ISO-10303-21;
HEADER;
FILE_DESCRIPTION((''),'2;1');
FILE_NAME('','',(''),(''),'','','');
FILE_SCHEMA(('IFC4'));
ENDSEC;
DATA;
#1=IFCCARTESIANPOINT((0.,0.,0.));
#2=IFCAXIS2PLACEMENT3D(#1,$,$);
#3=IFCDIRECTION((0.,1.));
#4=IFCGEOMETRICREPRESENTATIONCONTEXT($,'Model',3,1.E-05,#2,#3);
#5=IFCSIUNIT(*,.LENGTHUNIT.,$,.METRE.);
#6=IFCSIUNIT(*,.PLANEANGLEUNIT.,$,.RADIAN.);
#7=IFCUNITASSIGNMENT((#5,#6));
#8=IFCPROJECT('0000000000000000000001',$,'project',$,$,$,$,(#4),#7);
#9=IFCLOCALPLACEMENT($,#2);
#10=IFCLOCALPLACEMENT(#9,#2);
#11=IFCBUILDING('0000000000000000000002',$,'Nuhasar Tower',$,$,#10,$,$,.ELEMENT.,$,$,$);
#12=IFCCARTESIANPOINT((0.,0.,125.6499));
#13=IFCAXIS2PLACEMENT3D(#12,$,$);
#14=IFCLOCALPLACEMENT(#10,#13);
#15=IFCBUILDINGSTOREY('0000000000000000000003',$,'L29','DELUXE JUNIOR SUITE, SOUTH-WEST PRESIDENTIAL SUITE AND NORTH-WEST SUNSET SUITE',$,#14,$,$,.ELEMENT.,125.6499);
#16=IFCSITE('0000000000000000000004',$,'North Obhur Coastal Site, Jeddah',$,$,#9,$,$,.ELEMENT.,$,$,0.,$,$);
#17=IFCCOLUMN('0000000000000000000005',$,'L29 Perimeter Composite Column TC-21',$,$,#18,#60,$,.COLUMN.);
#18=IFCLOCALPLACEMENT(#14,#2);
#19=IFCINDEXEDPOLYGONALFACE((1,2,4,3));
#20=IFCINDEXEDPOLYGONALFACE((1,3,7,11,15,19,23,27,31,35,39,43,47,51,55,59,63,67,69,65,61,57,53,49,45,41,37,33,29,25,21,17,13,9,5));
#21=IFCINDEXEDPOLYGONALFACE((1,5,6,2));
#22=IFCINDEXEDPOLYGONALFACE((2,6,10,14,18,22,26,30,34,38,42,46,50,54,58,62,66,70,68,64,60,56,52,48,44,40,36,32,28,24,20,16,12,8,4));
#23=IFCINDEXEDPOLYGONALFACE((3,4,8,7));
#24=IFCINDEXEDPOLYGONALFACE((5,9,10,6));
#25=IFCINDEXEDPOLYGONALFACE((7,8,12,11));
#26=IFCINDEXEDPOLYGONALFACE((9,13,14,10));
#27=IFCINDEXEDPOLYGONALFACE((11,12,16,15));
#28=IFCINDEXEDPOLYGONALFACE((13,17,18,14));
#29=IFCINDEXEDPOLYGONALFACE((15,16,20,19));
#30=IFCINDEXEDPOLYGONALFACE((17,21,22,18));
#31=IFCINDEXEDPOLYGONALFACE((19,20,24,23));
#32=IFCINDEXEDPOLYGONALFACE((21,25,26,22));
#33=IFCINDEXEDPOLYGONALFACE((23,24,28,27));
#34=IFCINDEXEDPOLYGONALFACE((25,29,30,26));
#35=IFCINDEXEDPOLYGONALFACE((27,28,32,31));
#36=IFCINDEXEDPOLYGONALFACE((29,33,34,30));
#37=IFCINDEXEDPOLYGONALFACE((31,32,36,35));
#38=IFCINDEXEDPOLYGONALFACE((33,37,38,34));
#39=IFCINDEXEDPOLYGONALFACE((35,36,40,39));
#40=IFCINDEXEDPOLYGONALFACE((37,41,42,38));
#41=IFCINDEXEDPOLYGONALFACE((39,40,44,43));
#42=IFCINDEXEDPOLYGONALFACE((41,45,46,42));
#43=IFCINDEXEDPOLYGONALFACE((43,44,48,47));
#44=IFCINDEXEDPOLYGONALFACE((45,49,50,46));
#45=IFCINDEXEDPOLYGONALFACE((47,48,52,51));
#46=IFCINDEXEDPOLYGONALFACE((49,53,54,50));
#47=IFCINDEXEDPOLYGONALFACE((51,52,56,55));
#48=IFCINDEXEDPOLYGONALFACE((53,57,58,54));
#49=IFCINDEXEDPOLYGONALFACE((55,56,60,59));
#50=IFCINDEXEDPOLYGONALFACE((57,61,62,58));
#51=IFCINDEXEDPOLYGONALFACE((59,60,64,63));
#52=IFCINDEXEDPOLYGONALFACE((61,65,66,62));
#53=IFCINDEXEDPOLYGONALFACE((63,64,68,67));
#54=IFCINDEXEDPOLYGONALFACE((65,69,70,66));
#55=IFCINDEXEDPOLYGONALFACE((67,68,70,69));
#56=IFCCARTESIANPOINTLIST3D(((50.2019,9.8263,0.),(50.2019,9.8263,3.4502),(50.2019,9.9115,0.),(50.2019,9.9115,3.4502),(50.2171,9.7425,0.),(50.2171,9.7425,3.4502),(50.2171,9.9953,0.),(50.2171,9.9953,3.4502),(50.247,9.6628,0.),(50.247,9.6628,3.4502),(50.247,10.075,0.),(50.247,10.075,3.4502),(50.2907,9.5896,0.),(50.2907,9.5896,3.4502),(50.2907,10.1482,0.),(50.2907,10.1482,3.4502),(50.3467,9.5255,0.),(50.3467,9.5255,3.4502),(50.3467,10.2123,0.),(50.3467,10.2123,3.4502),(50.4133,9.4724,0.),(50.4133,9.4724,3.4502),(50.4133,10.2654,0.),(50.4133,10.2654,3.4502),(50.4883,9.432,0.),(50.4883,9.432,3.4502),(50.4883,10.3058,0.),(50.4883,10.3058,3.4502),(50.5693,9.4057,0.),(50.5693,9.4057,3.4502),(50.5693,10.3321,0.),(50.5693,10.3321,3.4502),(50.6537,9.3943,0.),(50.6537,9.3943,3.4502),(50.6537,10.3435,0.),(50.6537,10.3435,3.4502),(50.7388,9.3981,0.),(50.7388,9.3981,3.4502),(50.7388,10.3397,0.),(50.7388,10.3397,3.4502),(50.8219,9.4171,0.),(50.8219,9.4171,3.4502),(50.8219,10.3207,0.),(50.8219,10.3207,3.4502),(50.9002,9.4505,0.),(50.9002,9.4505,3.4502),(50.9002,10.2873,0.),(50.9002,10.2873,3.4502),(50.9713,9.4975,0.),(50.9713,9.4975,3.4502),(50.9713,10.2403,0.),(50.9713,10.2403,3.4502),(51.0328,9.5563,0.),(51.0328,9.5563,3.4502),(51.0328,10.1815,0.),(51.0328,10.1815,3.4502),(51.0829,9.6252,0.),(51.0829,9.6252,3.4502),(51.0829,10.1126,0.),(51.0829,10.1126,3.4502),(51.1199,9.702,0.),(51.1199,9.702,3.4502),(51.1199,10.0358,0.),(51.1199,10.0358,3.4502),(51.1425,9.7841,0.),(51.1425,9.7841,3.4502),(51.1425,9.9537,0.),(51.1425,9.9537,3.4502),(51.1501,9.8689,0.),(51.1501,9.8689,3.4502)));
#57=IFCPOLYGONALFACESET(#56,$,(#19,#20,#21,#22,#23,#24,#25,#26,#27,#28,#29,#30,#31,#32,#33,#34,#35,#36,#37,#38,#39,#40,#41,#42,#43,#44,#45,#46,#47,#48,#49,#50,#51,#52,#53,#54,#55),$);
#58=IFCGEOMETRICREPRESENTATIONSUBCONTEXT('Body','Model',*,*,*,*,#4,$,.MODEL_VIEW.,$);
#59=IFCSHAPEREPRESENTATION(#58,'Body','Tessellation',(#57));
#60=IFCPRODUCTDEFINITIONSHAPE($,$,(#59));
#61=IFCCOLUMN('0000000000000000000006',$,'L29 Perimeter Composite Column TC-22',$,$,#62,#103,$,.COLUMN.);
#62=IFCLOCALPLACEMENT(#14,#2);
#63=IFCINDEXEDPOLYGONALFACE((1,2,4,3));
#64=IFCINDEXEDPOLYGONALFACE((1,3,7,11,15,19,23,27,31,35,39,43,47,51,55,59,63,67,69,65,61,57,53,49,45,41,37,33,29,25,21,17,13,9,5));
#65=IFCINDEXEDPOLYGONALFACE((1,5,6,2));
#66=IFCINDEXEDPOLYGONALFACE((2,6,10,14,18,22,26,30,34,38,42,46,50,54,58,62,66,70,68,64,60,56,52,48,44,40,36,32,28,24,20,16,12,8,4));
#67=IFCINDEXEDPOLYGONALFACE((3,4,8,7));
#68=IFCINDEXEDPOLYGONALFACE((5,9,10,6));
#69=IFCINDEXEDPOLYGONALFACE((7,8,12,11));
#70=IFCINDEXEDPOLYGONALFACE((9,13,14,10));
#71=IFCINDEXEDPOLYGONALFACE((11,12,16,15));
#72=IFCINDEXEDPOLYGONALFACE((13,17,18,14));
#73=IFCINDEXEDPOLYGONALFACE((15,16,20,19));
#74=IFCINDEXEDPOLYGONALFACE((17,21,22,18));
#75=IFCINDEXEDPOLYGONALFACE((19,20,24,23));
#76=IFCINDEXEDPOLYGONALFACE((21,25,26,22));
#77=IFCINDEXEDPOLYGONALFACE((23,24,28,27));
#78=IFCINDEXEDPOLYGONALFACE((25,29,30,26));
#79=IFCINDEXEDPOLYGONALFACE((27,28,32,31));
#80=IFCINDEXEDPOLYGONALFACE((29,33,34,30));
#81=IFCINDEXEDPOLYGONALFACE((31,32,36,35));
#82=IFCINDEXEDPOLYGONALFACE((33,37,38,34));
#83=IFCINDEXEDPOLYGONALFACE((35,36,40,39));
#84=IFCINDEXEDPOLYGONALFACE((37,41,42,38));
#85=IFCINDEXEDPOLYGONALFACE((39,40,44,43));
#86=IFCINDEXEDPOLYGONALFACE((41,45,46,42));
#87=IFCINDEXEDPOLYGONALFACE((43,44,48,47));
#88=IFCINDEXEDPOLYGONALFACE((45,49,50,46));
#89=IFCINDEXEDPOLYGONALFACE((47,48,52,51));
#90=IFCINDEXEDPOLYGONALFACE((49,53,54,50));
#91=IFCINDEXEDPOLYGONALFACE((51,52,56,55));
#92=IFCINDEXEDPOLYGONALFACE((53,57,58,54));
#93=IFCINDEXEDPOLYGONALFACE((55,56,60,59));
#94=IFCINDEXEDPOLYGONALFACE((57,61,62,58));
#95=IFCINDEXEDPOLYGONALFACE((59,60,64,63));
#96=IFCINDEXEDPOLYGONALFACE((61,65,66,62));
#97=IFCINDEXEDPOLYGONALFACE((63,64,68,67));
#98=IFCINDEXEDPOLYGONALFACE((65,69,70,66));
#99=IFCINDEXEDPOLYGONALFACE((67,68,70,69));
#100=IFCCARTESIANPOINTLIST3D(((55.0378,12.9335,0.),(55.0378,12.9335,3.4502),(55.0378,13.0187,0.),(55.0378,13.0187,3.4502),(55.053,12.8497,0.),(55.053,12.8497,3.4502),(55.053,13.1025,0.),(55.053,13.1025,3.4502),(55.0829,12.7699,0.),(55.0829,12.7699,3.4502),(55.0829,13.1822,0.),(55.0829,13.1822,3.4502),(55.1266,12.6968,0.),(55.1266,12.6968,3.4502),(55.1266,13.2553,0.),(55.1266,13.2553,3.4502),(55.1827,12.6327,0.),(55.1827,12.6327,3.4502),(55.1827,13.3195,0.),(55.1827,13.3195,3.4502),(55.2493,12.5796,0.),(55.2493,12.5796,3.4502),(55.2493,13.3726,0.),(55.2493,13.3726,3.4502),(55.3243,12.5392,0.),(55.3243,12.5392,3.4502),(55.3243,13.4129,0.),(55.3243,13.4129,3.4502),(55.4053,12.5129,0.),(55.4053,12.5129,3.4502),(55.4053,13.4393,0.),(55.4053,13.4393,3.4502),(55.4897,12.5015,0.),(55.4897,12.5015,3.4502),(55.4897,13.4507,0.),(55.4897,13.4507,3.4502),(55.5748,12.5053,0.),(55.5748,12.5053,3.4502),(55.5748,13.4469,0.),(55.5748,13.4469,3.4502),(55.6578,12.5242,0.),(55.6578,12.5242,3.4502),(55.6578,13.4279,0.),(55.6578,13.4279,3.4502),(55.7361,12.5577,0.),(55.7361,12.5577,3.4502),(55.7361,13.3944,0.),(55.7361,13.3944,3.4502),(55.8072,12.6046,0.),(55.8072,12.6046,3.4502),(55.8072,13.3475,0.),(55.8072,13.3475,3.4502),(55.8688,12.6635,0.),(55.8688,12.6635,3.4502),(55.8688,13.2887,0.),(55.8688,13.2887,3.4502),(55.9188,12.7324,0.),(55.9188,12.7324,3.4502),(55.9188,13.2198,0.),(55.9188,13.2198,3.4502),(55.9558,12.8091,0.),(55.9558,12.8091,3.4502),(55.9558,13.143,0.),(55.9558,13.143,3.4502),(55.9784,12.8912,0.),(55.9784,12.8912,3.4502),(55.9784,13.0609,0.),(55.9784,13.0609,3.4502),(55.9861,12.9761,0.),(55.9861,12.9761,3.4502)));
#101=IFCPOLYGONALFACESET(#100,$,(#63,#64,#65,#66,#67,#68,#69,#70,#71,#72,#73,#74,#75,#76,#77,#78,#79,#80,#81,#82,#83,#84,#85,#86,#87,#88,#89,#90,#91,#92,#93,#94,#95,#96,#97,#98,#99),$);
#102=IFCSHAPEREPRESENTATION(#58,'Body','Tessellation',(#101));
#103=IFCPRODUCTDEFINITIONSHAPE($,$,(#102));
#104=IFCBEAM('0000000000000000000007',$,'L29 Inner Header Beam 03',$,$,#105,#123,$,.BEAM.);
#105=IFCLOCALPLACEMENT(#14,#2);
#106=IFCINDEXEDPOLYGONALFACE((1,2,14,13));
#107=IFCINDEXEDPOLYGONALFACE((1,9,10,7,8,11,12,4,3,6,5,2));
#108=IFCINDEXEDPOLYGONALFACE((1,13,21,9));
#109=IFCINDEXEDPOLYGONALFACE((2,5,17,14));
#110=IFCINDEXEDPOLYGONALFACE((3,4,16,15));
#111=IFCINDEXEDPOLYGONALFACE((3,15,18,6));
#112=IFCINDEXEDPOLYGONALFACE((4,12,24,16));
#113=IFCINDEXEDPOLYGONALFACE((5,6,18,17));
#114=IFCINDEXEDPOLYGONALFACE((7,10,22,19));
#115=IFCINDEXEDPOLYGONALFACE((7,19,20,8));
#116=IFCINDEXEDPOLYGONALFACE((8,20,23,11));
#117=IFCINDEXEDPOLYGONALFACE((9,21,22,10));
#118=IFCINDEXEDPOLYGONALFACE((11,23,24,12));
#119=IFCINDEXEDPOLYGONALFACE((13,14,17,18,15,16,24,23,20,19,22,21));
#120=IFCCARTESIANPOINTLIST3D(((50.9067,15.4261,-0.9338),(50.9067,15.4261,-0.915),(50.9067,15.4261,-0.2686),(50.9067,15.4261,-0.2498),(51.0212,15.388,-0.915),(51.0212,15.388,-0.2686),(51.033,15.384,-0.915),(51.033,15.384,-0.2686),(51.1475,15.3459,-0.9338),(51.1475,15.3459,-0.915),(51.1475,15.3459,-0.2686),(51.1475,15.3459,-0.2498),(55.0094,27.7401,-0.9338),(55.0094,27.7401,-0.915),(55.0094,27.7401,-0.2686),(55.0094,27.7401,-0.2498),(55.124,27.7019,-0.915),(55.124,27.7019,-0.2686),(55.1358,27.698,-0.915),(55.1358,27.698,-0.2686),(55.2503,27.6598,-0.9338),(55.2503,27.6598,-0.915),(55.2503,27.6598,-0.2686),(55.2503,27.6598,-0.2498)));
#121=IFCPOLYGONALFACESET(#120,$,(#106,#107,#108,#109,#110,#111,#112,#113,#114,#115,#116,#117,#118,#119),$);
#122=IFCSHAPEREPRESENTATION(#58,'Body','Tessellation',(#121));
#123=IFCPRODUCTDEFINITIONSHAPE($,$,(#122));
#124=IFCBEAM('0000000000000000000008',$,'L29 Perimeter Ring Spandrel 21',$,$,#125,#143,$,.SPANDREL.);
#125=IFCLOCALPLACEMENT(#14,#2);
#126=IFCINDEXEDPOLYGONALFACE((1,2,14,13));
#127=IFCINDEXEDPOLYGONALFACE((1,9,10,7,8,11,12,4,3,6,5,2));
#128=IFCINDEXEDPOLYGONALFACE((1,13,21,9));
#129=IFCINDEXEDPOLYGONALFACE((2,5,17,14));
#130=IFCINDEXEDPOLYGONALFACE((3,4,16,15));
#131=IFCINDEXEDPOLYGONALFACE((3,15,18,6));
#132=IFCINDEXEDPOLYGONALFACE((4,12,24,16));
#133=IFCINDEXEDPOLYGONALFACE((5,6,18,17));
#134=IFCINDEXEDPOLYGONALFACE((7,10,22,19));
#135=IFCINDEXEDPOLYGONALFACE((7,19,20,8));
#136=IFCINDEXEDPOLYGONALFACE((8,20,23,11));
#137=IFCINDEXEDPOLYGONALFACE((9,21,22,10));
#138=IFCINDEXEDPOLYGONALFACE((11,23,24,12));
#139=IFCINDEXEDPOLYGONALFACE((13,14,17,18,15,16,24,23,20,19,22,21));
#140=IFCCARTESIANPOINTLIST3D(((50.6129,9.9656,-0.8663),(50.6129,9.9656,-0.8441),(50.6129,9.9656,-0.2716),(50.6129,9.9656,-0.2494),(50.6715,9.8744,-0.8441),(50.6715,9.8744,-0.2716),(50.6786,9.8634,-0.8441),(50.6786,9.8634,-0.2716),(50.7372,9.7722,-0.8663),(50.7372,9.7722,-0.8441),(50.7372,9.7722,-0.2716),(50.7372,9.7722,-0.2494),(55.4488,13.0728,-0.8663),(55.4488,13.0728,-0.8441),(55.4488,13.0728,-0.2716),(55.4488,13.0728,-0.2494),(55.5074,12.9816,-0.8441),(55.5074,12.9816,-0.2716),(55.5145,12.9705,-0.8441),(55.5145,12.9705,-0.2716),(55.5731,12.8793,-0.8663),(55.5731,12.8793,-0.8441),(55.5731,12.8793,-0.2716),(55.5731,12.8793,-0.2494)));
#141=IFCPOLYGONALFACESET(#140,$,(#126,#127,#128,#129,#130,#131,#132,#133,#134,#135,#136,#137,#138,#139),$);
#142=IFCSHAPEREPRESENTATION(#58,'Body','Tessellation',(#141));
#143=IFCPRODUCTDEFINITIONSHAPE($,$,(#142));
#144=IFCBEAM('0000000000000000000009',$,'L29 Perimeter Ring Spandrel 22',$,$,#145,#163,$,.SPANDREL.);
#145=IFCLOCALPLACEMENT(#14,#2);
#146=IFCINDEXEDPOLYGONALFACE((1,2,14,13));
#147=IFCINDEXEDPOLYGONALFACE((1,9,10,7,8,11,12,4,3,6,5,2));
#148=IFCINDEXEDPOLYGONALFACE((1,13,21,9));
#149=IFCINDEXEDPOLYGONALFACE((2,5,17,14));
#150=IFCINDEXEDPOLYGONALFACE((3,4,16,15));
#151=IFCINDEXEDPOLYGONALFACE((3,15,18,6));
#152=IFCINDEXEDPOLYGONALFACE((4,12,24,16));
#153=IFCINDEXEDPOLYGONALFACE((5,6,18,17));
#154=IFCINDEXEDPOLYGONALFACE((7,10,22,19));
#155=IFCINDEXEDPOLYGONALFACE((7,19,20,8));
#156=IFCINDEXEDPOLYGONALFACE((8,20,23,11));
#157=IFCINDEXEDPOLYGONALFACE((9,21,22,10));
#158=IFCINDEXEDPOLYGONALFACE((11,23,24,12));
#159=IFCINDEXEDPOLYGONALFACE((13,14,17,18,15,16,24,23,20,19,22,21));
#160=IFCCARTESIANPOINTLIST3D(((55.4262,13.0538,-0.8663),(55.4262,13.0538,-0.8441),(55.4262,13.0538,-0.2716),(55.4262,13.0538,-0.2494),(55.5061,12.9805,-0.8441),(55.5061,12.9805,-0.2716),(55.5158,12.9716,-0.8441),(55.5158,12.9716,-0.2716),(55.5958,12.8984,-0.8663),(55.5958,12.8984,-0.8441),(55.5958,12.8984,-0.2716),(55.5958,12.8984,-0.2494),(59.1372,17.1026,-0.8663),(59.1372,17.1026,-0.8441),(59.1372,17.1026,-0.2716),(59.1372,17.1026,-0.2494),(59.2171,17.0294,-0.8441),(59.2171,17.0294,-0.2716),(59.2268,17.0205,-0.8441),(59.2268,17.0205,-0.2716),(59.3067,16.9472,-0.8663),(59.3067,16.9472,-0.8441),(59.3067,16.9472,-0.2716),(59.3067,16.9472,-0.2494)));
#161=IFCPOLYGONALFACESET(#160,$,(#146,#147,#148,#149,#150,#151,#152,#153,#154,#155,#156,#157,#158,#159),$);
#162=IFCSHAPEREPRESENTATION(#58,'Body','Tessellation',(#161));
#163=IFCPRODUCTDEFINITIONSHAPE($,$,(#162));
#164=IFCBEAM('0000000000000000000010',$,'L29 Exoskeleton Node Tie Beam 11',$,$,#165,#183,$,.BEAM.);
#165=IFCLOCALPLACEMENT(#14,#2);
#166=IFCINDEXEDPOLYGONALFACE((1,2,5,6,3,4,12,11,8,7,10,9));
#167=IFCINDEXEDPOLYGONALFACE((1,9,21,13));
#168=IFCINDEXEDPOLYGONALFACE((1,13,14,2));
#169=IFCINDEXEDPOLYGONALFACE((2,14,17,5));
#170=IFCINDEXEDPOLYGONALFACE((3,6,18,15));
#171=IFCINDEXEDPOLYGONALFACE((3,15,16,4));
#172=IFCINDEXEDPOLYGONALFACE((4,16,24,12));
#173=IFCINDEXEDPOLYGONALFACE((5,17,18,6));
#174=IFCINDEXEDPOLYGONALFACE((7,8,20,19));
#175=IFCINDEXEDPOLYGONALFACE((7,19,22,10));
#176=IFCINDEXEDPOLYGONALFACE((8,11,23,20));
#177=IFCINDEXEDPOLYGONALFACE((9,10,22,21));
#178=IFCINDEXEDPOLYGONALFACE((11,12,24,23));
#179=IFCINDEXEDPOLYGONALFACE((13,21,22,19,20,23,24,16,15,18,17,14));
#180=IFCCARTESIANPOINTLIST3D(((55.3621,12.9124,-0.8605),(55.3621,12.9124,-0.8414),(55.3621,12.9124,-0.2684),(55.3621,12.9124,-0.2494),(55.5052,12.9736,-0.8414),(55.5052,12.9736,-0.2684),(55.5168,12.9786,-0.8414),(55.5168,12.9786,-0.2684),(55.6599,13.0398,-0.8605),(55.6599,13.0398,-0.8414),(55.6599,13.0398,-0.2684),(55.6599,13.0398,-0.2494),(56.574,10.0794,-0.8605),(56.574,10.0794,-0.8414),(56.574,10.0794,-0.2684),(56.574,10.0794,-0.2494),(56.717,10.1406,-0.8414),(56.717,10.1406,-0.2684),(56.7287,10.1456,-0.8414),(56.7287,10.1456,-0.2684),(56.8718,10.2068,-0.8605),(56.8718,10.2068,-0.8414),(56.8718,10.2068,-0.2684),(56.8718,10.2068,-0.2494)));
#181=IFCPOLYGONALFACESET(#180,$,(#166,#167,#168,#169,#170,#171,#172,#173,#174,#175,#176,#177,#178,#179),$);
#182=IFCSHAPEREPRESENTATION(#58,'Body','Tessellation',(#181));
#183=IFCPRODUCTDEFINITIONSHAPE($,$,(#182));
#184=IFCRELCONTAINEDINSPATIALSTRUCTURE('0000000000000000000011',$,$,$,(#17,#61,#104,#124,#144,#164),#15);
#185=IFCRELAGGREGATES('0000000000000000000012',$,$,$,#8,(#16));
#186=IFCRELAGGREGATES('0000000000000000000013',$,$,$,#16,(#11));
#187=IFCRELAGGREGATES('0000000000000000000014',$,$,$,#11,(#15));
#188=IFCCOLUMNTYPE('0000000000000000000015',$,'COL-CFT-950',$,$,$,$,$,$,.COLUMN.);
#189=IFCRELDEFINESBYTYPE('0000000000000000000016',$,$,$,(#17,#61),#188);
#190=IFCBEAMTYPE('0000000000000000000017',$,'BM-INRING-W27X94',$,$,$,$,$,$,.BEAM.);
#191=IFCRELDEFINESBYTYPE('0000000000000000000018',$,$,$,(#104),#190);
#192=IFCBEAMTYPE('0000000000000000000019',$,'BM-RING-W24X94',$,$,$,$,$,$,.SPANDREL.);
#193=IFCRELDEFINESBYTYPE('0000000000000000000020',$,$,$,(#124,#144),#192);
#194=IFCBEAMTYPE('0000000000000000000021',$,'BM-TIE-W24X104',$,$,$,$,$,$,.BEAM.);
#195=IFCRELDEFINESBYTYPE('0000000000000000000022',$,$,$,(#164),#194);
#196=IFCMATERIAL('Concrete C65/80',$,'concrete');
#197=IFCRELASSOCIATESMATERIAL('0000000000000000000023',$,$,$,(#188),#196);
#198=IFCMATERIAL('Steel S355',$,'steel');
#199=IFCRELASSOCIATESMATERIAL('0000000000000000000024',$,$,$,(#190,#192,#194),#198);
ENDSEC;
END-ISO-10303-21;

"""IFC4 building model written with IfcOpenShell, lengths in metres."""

from ifc_helpers import new_model, si_unit, direction, frame, origin, origin_2d, place, context, subcontext, project, spatial, circle, i_section, extrude, material, material_profile, profile_set, type_object, element, save


model = new_model("IFC4")

# Units and contexts
model_context = context("Model", 3, precision=1e-05, world=origin(), true_north=direction((0.0, 1.0)))
body_context = subcontext(model_context, "Body", "Model", "MODEL_VIEW")
ifc_project = project(units=[si_unit("LENGTHUNIT", "METRE"), si_unit("PLANEANGLEUNIT", "RADIAN")], contexts=[model_context])

# Site, building, storey
site_placement = place(None, origin())
site = spatial("IfcSite", under=ifc_project, at=site_placement, Name="North Obhur Coastal Site, Jeddah", CompositionType="ELEMENT", RefElevation=0.0)
building_placement = place(site_placement, origin())
building = spatial("IfcBuilding", under=site, at=building_placement, Name="Nuhasar Tower", CompositionType="ELEMENT")
storey_placement = place(building_placement, frame((0.0, 0.0, 125.6499)))
storey = spatial("IfcBuildingStorey", under=building, at=storey_placement, Name="L29", Description="DELUXE JUNIOR SUITE, SOUTH-WEST PRESIDENTIAL SUITE AND NORTH-WEST SUNSET SUITE", CompositionType="ELEMENT", Elevation=125.6499)

# Columns
ifc_material_1 = material(Name="Concrete C65/80", Category="concrete")
ifc_material_profile_1 = material_profile(ifc_material_1, circle(Radius=0.4751, at=origin_2d()), Name="CFT950")
ifc_profile_set_1 = profile_set([ifc_material_profile_1], Name="Concrete C65/80")
column_type = type_object("IfcColumnType", Name="COL-CFT-950", PredefinedType="COLUMN", material=ifc_profile_set_1)
for number, where, z_axis, x_axis, name in (
    (1, (50.675, 9.8689, 0.0), (0.0, 0.0, 1.0), (1.0, 0.0, 0.0), "L29 Perimeter Composite Column TC-21"),
    (2, (55.511, 12.9761, 0.0), (0.0, 0.0, 1.0), (1.0, 0.0, 0.0), "L29 Perimeter Composite Column TC-22"),
):
    element("IfcColumn", number, at=place(storey_placement, frame(where, z_axis=z_axis, x_axis=x_axis)), inside=storey, type_object=column_type, Name=name, PredefinedType="COLUMN", context=body_context, shape_type="SweptSolid", body=[
        extrude(circle(Radius=0.4751, at=origin_2d()), origin(), (0.0, 0.0, 1.0), 3.4502),
    ])

# Beams
ifc_material_2 = material(Name="Steel S355", Category="steel")
ifc_material_profile_2 = material_profile(ifc_material_2, i_section(OverallWidth=0.2539, OverallDepth=0.6841, WebThickness=0.0125, FlangeThickness=0.0188, at=origin_2d()), Name="W27X94")
ifc_profile_set_2 = profile_set([ifc_material_profile_2], Name="Steel S355")
beam_type_1 = type_object("IfcBeamType", Name="BM-INRING-W27X94", PredefinedType="BEAM", material=ifc_profile_set_2)
beam_1_placement = place(storey_placement, frame((51.0271, 15.386, -0.5918), z_axis=(0.316098, 0.948727, 0.0), x_axis=(-0.948727, 0.316098, 0.0)))
element("IfcBeam", 3, at=beam_1_placement, inside=storey, type_object=beam_type_1, Name="L29 Inner Header Beam 03", PredefinedType="BEAM", context=body_context, shape_type="SweptSolid", body=[
    extrude(i_section(OverallWidth=0.2539, OverallDepth=0.6841, WebThickness=0.0125, FlangeThickness=0.0188, at=origin_2d()), origin(), (0.0, 0.0, 1.0), 12.9795),
])
ifc_material_profile_3 = material_profile(ifc_material_2, i_section(OverallWidth=0.23, OverallDepth=0.6169, WebThickness=0.0132, FlangeThickness=0.0222, at=origin_2d()), Name="W24X94")
ifc_profile_set_3 = profile_set([ifc_material_profile_3], Name="Steel S355")
beam_type_2 = type_object("IfcBeamType", Name="BM-RING-W24X94", PredefinedType="SPANDREL", material=ifc_profile_set_3)
beam_2_placement = place(storey_placement, frame((50.675, 9.8689, -0.5579), z_axis=(0.841308, 0.540556, 0.0), x_axis=(-0.540556, 0.841308, 0.0)))
element("IfcBeam", 4, at=beam_2_placement, inside=storey, type_object=beam_type_2, Name="L29 Perimeter Ring Spandrel 21", PredefinedType="SPANDREL", context=body_context, shape_type="SweptSolid", body=[
    extrude(i_section(OverallWidth=0.23, OverallDepth=0.6169, WebThickness=0.0132, FlangeThickness=0.0222, at=origin_2d()), origin(), (0.0, 0.0, 1.0), 5.748),
])
beam_3_placement = place(storey_placement, frame((55.511, 12.9761, -0.5579), z_axis=(0.675676, 0.737198, 0.0), x_axis=(-0.737198, 0.675676, 0.0)))
element("IfcBeam", 5, at=beam_3_placement, inside=storey, type_object=beam_type_2, Name="L29 Perimeter Ring Spandrel 22", PredefinedType="SPANDREL", context=body_context, shape_type="SweptSolid", body=[
    extrude(i_section(OverallWidth=0.23, OverallDepth=0.6169, WebThickness=0.0132, FlangeThickness=0.0222, at=origin_2d()), origin(), (0.0, 0.0, 1.0), 5.4922),
])
ifc_material_profile_4 = material_profile(ifc_material_2, i_section(OverallWidth=0.324, OverallDepth=0.6111, WebThickness=0.0127, FlangeThickness=0.019, at=origin_2d()), Name="W24X104")
ifc_profile_set_4 = profile_set([ifc_material_profile_4], Name="Steel S355")
beam_type_3 = type_object("IfcBeamType", Name="BM-TIE-W24X104", PredefinedType="BEAM", material=ifc_profile_set_4)
beam_4_placement = place(storey_placement, frame((55.511, 12.9761, -0.5549), z_axis=(0.393307, -0.919407, 0.0), x_axis=(0.919407, 0.393307, 0.0)))
element("IfcBeam", 6, at=beam_4_placement, inside=storey, type_object=beam_type_3, Name="L29 Exoskeleton Node Tie Beam 11", PredefinedType="BEAM", context=body_context, shape_type="SweptSolid", body=[
    extrude(i_section(OverallWidth=0.324, OverallDepth=0.6111, WebThickness=0.0127, FlangeThickness=0.019, at=origin_2d()), origin(), (0.0, 0.0, 1.0), 3.0813),
])

save(model, "model.ifc")
